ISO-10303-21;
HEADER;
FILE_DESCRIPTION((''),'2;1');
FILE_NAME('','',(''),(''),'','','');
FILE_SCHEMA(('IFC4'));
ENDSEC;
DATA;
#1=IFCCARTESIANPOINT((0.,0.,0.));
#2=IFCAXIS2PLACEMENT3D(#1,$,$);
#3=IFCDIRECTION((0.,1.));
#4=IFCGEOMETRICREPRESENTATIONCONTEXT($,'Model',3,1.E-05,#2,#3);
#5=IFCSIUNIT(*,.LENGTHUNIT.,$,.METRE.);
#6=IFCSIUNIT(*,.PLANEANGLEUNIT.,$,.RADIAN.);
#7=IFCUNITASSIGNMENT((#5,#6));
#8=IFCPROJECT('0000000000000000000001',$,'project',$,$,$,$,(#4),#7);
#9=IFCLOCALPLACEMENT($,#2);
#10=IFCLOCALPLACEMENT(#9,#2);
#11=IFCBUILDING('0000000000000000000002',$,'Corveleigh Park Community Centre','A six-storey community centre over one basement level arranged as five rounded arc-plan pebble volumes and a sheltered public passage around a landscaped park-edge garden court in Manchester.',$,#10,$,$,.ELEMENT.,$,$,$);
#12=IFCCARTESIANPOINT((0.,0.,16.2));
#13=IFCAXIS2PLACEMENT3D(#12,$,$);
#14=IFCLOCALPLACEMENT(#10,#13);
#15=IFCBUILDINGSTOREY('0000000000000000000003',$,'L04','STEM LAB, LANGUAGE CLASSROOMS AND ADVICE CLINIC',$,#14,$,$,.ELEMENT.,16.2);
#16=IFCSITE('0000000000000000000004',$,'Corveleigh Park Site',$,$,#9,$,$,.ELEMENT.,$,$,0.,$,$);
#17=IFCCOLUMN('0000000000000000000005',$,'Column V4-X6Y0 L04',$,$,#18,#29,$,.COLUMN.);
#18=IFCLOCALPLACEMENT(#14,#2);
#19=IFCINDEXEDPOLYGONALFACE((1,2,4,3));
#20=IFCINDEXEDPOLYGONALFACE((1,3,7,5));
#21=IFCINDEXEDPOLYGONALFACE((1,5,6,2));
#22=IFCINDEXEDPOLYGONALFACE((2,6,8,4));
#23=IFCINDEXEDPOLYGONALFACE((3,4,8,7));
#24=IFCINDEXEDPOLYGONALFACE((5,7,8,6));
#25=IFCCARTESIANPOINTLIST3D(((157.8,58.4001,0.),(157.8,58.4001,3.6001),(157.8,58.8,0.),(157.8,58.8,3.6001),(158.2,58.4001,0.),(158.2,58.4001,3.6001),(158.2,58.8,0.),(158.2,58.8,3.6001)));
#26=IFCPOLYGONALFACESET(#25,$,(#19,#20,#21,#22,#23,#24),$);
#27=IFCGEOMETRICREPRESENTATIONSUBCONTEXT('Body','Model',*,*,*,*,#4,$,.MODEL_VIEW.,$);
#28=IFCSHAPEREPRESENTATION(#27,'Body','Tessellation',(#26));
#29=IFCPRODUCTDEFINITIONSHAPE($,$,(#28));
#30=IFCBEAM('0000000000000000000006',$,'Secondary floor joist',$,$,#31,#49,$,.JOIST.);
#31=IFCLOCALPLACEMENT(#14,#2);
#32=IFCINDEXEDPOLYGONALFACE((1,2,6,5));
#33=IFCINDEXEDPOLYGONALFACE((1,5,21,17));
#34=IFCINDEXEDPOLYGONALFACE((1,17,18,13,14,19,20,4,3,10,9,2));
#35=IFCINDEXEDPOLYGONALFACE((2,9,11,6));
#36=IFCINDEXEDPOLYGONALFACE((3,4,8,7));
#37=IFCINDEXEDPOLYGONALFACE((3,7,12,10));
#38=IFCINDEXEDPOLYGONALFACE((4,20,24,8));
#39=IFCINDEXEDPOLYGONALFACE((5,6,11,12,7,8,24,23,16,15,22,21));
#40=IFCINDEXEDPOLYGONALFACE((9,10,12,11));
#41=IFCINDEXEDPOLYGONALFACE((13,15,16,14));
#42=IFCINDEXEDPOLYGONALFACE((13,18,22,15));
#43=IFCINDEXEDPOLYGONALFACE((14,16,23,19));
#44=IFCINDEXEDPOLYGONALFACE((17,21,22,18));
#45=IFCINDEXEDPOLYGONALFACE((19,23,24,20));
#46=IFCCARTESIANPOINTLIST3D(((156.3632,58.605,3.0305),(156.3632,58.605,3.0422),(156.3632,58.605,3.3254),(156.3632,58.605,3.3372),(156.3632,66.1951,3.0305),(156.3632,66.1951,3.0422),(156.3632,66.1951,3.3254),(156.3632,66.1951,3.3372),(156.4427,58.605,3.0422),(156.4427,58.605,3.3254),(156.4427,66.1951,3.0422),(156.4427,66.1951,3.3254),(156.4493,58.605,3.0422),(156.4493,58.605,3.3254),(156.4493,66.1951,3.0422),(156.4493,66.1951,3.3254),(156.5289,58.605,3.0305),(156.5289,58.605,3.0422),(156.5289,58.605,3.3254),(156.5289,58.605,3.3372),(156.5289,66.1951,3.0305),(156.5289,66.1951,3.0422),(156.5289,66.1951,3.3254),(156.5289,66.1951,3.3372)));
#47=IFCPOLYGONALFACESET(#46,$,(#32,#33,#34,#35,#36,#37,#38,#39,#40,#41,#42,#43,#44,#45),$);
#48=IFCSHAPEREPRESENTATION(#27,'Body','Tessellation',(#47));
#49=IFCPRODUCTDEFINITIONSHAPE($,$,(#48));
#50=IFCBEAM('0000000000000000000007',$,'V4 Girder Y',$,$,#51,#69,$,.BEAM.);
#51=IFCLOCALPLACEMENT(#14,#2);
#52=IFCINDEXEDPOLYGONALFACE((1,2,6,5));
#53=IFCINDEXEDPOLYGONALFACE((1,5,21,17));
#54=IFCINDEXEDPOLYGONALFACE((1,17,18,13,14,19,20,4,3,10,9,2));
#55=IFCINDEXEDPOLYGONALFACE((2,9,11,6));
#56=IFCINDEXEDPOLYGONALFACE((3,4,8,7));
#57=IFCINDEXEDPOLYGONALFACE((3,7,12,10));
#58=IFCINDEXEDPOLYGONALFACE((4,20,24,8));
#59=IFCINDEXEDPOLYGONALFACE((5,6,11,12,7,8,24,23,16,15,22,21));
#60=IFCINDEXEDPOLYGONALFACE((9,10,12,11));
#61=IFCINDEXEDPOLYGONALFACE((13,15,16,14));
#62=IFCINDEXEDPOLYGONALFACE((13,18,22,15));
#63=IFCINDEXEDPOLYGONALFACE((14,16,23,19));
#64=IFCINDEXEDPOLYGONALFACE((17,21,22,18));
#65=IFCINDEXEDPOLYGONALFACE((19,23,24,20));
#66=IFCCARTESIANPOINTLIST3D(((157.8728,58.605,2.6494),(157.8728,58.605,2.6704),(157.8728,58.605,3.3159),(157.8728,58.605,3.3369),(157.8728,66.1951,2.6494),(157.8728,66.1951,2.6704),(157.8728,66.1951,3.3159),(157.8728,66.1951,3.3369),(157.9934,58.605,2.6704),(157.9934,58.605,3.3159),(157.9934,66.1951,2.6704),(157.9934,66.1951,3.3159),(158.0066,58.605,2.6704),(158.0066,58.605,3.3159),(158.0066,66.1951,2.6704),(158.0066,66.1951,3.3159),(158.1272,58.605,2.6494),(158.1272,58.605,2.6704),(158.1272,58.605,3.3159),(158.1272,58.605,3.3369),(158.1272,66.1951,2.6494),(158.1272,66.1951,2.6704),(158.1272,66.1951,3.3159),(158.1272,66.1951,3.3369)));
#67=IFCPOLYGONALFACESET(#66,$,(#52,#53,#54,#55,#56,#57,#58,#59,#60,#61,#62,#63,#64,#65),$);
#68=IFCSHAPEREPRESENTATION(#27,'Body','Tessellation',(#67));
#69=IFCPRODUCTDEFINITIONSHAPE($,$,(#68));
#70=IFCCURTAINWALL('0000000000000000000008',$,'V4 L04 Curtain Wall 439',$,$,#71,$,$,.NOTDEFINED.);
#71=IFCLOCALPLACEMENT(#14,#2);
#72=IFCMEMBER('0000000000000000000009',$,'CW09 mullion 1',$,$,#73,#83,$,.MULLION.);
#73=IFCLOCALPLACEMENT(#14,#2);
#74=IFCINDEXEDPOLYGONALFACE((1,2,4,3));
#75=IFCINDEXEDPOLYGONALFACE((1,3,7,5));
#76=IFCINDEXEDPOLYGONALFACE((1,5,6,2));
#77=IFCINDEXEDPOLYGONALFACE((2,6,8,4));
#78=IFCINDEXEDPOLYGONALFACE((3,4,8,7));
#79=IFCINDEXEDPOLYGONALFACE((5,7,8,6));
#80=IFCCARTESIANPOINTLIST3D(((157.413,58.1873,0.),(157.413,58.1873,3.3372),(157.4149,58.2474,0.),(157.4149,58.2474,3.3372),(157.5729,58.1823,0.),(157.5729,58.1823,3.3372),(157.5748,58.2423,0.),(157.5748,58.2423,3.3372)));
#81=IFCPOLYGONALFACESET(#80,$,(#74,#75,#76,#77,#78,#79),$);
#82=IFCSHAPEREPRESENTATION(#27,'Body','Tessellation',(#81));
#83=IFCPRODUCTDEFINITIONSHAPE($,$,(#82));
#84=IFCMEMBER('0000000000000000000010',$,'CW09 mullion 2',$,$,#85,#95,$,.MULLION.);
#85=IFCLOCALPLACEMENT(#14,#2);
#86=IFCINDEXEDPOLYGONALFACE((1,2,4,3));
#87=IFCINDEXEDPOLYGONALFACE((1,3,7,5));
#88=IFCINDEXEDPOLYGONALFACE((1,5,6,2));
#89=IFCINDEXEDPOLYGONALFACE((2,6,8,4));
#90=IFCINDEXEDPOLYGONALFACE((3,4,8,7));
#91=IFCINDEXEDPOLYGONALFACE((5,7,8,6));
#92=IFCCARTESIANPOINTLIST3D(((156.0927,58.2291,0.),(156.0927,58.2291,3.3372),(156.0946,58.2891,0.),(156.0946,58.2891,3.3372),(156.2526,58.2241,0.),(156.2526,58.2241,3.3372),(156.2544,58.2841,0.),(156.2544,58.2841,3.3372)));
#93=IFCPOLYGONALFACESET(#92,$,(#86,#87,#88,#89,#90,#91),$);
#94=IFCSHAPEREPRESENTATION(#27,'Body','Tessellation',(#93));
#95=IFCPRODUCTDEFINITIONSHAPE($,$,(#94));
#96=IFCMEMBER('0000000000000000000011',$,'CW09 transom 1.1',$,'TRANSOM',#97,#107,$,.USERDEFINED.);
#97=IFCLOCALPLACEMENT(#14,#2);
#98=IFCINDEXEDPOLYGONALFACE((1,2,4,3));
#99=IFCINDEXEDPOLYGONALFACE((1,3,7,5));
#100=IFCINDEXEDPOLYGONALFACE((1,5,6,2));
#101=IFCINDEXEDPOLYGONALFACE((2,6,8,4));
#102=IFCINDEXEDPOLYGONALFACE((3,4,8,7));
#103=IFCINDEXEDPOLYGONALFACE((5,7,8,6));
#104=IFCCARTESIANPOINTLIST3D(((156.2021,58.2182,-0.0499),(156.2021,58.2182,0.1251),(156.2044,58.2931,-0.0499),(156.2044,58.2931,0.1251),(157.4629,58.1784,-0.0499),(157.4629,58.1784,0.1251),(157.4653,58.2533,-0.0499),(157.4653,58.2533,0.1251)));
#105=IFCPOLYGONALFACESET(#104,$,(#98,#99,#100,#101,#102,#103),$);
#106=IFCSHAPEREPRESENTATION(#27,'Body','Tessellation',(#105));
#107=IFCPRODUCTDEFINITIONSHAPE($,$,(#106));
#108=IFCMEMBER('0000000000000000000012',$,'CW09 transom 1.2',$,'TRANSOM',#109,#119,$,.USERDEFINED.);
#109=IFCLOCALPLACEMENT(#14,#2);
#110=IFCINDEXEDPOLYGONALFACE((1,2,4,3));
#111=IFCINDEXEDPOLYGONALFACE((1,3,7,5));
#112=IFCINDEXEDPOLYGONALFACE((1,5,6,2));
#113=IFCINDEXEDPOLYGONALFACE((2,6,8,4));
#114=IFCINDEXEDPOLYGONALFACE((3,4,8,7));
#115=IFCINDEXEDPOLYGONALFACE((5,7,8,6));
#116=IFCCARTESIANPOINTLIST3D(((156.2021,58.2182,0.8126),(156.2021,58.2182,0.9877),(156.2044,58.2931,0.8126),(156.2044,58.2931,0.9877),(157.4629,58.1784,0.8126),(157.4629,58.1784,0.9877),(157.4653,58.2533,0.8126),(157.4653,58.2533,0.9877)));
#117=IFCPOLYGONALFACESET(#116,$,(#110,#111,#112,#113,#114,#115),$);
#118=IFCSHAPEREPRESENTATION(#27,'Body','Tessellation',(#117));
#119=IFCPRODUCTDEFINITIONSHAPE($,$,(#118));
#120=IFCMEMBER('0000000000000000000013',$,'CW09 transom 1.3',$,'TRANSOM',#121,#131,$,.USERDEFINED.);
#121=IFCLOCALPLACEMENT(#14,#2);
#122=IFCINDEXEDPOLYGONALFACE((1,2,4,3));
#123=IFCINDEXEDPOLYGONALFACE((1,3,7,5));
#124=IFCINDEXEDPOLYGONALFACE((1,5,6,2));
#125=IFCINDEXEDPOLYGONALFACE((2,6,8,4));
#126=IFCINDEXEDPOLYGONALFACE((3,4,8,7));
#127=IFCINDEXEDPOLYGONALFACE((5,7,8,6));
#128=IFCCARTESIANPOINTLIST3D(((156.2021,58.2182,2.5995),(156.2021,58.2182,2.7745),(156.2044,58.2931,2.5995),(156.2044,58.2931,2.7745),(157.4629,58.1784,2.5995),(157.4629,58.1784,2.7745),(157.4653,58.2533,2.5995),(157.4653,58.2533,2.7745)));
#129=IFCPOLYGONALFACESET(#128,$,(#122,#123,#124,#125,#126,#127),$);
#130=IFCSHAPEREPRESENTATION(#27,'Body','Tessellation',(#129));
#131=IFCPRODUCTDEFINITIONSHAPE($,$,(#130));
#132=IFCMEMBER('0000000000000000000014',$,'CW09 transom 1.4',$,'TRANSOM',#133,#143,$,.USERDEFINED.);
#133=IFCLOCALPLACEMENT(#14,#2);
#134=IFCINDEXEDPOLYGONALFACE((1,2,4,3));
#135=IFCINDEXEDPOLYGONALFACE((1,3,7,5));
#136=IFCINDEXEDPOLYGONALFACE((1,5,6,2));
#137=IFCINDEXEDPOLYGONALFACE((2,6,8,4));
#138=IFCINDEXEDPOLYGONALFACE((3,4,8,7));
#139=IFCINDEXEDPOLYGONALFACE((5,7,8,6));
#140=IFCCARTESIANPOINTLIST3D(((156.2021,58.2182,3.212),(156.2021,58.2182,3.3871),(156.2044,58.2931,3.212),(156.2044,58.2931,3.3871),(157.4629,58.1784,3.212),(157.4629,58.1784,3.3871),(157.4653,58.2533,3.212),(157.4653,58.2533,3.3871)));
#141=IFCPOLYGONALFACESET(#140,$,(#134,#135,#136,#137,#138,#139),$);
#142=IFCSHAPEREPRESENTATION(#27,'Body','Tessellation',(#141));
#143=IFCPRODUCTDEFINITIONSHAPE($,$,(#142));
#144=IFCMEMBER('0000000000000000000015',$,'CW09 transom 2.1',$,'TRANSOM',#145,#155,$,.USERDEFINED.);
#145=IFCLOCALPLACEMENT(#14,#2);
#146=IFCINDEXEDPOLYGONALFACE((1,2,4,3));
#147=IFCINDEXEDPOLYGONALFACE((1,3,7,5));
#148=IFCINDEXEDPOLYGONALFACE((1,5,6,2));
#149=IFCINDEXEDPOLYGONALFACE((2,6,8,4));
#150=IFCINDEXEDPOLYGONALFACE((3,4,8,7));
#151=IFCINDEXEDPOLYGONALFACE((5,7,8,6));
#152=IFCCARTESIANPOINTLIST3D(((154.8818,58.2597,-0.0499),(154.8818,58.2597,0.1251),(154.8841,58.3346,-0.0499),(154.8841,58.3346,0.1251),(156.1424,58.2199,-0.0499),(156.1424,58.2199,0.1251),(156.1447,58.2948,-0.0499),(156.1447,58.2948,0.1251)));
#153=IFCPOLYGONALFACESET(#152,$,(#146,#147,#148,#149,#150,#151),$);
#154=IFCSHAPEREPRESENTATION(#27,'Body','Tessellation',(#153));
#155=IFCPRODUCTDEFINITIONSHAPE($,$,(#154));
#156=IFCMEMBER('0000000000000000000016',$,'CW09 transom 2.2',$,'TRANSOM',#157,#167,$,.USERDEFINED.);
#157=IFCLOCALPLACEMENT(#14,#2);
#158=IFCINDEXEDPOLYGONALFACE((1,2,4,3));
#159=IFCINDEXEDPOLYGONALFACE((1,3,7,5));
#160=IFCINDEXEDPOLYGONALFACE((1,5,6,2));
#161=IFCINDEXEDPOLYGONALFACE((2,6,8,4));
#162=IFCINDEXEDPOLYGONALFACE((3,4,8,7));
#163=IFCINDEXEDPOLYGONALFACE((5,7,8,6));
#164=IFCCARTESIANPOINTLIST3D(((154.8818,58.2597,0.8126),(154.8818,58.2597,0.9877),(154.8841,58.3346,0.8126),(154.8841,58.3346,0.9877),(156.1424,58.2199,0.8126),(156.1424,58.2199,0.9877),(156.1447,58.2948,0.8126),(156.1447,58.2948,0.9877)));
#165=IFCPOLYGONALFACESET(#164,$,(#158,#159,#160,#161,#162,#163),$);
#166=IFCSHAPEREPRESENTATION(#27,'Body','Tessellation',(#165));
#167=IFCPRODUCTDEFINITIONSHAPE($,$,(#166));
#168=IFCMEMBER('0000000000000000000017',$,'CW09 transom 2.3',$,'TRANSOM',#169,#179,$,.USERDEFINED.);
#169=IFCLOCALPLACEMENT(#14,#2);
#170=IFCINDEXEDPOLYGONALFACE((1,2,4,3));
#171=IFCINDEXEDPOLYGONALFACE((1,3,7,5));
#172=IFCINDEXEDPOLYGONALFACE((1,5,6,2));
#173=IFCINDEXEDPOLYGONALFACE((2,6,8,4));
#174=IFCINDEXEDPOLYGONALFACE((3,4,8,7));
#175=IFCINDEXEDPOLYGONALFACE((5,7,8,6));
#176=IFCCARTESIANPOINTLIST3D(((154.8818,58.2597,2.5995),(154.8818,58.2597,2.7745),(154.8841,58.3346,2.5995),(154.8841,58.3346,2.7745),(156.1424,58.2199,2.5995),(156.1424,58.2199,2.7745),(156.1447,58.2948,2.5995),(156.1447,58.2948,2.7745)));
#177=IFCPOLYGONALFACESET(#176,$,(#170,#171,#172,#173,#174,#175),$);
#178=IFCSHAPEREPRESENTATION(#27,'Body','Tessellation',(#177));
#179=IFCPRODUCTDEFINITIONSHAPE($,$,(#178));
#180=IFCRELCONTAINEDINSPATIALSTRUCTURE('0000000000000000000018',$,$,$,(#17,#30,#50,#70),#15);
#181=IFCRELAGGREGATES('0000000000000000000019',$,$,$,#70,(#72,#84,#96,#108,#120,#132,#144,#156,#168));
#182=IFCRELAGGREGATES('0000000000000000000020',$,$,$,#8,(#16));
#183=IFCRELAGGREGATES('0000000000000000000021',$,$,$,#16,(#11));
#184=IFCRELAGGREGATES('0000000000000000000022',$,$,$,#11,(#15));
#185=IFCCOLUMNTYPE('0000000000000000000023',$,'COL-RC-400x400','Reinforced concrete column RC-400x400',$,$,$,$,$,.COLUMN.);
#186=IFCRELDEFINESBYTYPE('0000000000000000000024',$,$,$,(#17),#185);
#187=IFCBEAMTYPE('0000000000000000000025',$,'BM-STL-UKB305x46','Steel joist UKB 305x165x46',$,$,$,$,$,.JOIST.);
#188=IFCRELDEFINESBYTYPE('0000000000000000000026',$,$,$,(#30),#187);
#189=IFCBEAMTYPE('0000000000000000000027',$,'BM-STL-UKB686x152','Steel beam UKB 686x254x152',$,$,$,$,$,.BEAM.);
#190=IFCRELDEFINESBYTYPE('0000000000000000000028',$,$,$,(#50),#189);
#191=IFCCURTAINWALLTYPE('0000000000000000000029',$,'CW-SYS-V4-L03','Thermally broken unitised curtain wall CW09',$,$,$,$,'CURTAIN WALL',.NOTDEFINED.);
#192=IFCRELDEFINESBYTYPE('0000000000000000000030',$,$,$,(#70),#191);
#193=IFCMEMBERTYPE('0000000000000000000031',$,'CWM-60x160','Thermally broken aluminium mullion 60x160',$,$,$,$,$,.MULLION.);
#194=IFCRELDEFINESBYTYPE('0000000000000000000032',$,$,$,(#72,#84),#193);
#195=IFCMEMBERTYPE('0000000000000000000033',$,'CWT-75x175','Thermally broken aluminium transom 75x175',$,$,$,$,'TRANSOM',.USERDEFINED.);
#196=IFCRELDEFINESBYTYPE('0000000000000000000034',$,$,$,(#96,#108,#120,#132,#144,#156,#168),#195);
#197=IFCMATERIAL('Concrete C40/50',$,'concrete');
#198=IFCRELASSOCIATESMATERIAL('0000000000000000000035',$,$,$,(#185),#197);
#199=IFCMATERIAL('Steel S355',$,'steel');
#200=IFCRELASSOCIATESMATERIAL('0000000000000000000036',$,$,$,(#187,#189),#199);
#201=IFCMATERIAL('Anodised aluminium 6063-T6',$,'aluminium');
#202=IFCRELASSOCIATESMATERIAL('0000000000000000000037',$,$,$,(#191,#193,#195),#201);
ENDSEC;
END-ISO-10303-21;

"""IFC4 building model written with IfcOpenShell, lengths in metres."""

from ifc_helpers import new_model, si_unit, direction, frame, origin, origin_2d, place, context, subcontext, project, spatial, rectangle, i_section, extrude, material, material_profile, profile_set, type_object, element, aggregate, save


model = new_model("IFC4")

# Units and contexts
model_context = context("Model", 3, precision=1e-05, world=origin(), true_north=direction((0.0, 1.0)))
body_context = subcontext(model_context, "Body", "Model", "MODEL_VIEW")
ifc_project = project(units=[si_unit("LENGTHUNIT", "METRE"), si_unit("PLANEANGLEUNIT", "RADIAN")], contexts=[model_context])

# Site, building, storey
site_placement = place(None, origin())
site = spatial("IfcSite", under=ifc_project, at=site_placement, Name="Corveleigh Park Site", CompositionType="ELEMENT", RefElevation=0.0)
building_placement = place(site_placement, origin())
building = spatial("IfcBuilding", under=site, at=building_placement, Name="Corveleigh Park Community Centre", Description="A six-storey community centre over one basement level arranged as five rounded arc-plan pebble volumes and a sheltered public passage around a landscaped park-edge garden court in Manchester.", CompositionType="ELEMENT")
storey_placement = place(building_placement, frame((0.0, 0.0, 16.2)))
storey = spatial("IfcBuildingStorey", under=building, at=storey_placement, Name="L04", Description="STEM LAB, LANGUAGE CLASSROOMS AND ADVICE CLINIC", CompositionType="ELEMENT", Elevation=16.2)

# Column
ifc_material_1 = material(Name="Concrete C40/50", Category="concrete")
ifc_material_profile_1 = material_profile(ifc_material_1, rectangle(XDim=0.3999, YDim=0.3999, at=origin_2d()), Name="RC-400x400", Category="concrete")
ifc_profile_set_1 = profile_set([ifc_material_profile_1], Name="Concrete C40/50")
column_type = type_object("IfcColumnType", Name="COL-RC-400x400", Description="Reinforced concrete column RC-400x400", PredefinedType="COLUMN", material=ifc_profile_set_1)
column_placement = place(storey_placement, frame((158.0, 58.6001, 0.0), z_axis=(0.0, 0.0, 1.0), x_axis=(1.0, 0.0, 0.0)))
element("IfcColumn", 1, at=column_placement, inside=storey, type_object=column_type, Name="Column V4-X6Y0 L04", PredefinedType="COLUMN", context=body_context, shape_type="SweptSolid", body=[
    extrude(rectangle(XDim=0.3999, YDim=0.3999, at=origin_2d()), origin(), (0.0, 0.0, 1.0), 3.6001),
])

# Beams
ifc_material_2 = material(Name="Steel S355", Category="steel")
ifc_material_profile_2 = material_profile(ifc_material_2, i_section(OverallWidth=0.1658, OverallDepth=0.3066, WebThickness=0.0066, FlangeThickness=0.0117, at=origin_2d()), Name="UKB 305x165x46", Category="steel")
ifc_profile_set_2 = profile_set([ifc_material_profile_2], Name="Steel S355")
beam_type_1 = type_object("IfcBeamType", Name="BM-STL-UKB305x46", Description="Steel joist UKB 305x165x46", PredefinedType="JOIST", material=ifc_profile_set_2)
beam_1_placement = place(storey_placement, frame((156.446, 58.605, 3.1838), z_axis=(0.0, 1.0, 0.0), x_axis=(-1.0, 0.0, 0.0)))
element("IfcBeam", 2, at=beam_1_placement, inside=storey, type_object=beam_type_1, Name="Secondary floor joist", PredefinedType="JOIST", context=body_context, shape_type="SweptSolid", body=[
    extrude(i_section(OverallWidth=0.1658, OverallDepth=0.3066, WebThickness=0.0066, FlangeThickness=0.0117, at=origin_2d()), origin(), (0.0, 0.0, 1.0), 7.5901),
])
ifc_material_profile_3 = material_profile(ifc_material_2, i_section(OverallWidth=0.2544, OverallDepth=0.6875, WebThickness=0.0132, FlangeThickness=0.021, at=origin_2d()), Name="UKB 686x254x152", Category="steel")
ifc_profile_set_3 = profile_set([ifc_material_profile_3], Name="Steel S355")
beam_type_2 = type_object("IfcBeamType", Name="BM-STL-UKB686x152", Description="Steel beam UKB 686x254x152", PredefinedType="BEAM", material=ifc_profile_set_3)
beam_2_placement = place(storey_placement, frame((158.0, 58.605, 2.9932), z_axis=(0.0, 1.0, 0.0), x_axis=(-1.0, 0.0, 0.0)))
element("IfcBeam", 3, at=beam_2_placement, inside=storey, type_object=beam_type_2, Name="V4 Girder Y", PredefinedType="BEAM", context=body_context, shape_type="SweptSolid", body=[
    extrude(i_section(OverallWidth=0.2544, OverallDepth=0.6875, WebThickness=0.0132, FlangeThickness=0.021, at=origin_2d()), origin(), (0.0, 0.0, 1.0), 7.5901),
])

# Curtain wall, members
ifc_material_3 = material(Name="Anodised aluminium 6063-T6", Category="aluminium")
curtain_wall_type = type_object("IfcCurtainWallType", Name="CW-SYS-V4-L03", Description="Thermally broken unitised curtain wall CW09", ElementType="CURTAIN WALL", PredefinedType="NOTDEFINED", material=ifc_material_3)
curtain_wall_placement = place(storey_placement, origin())
curtain_wall = element("IfcCurtainWall", 4, at=curtain_wall_placement, inside=storey, type_object=curtain_wall_type, Name="V4 L04 Curtain Wall 439", PredefinedType="NOTDEFINED")
ifc_material_profile_4 = material_profile(ifc_material_3, rectangle(XDim=0.0601, YDim=0.1599, at=origin_2d()), Name="ALU-M60x160", Category="aluminium")
ifc_profile_set_4 = profile_set([ifc_material_profile_4], Name="Anodised aluminium 6063-T6")
member_type_1 = type_object("IfcMemberType", Name="CWM-60x160", Description="Thermally broken aluminium mullion 60x160", PredefinedType="MULLION", material=ifc_profile_set_4)
member_1_placement = place(storey_placement, frame((157.4939, 58.2148, 0.0), z_axis=(0.0, 0.0, 1.0), x_axis=(-0.031454, -0.999505, 0.0)))
member_1 = element("IfcMember", 5, at=member_1_placement, type_object=member_type_1, Name="CW09 mullion 1", PredefinedType="MULLION", context=body_context, shape_type="SweptSolid", body=[
    extrude(rectangle(XDim=0.0601, YDim=0.1599, at=origin_2d()), origin(), (0.0, 0.0, 1.0), 3.3372),
])
member_2_placement = place(storey_placement, frame((156.1736, 58.2566, 0.0), z_axis=(0.0, 0.0, 1.0), x_axis=(-0.031454, -0.999505, 0.0)))
member_2 = element("IfcMember", 6, at=member_2_placement, type_object=member_type_1, Name="CW09 mullion 2", PredefinedType="MULLION", context=body_context, shape_type="SweptSolid", body=[
    extrude(rectangle(XDim=0.0601, YDim=0.1599, at=origin_2d()), origin(), (0.0, 0.0, 1.0), 3.3372),
])
ifc_material_profile_5 = material_profile(ifc_material_3, rectangle(XDim=0.075, YDim=0.175, at=origin_2d()), Name="ALU-T75x175", Category="aluminium")
ifc_profile_set_5 = profile_set([ifc_material_profile_5], Name="Anodised aluminium 6063-T6")
member_type_2 = type_object("IfcMemberType", Name="CWT-75x175", Description="Thermally broken aluminium transom 75x175", ElementType="TRANSOM", PredefinedType="USERDEFINED", material=ifc_profile_set_5)
member_3_placement = place(storey_placement, frame((157.4641, 58.2158, 0.0376), z_axis=(-0.999502, 0.031549, 0.0), x_axis=(-0.031549, -0.999502, 0.0)))
member_3 = element("IfcMember", 7, at=member_3_placement, type_object=member_type_2, Name="CW09 transom 1.1", ObjectType="TRANSOM", PredefinedType="USERDEFINED", context=body_context, shape_type="SweptSolid", body=[
    extrude(rectangle(XDim=0.075, YDim=0.175, at=origin_2d()), origin(), (0.0, 0.0, 1.0), 1.2615),
])
member_4_placement = place(storey_placement, frame((157.4641, 58.2158, 0.9001), z_axis=(-0.999502, 0.031549, 0.0), x_axis=(-0.031549, -0.999502, 0.0)))
member_4 = element("IfcMember", 8, at=member_4_placement, type_object=member_type_2, Name="CW09 transom 1.2", ObjectType="TRANSOM", PredefinedType="USERDEFINED", context=body_context, shape_type="SweptSolid", body=[
    extrude(rectangle(XDim=0.075, YDim=0.175, at=origin_2d()), origin(), (0.0, 0.0, 1.0), 1.2615),
])
member_5_placement = place(storey_placement, frame((157.4641, 58.2158, 2.687), z_axis=(-0.999502, 0.031549, 0.0), x_axis=(-0.031549, -0.999502, 0.0)))
member_5 = element("IfcMember", 9, at=member_5_placement, type_object=member_type_2, Name="CW09 transom 1.3", ObjectType="TRANSOM", PredefinedType="USERDEFINED", context=body_context, shape_type="SweptSolid", body=[
    extrude(rectangle(XDim=0.075, YDim=0.175, at=origin_2d()), origin(), (0.0, 0.0, 1.0), 1.2615),
])
member_6_placement = place(storey_placement, frame((157.4641, 58.2158, 3.2996), z_axis=(-0.999502, 0.031549, 0.0), x_axis=(-0.031549, -0.999502, 0.0)))
member_6 = element("IfcMember", 10, at=member_6_placement, type_object=member_type_2, Name="CW09 transom 1.4", ObjectType="TRANSOM", PredefinedType="USERDEFINED", context=body_context, shape_type="SweptSolid", body=[
    extrude(rectangle(XDim=0.075, YDim=0.175, at=origin_2d()), origin(), (0.0, 0.0, 1.0), 1.2615),
])
member_7_placement = place(storey_placement, frame((156.1436, 58.2573, 0.0376), z_axis=(-0.999502, 0.031555, 0.0), x_axis=(-0.031555, -0.999502, 0.0)))
member_7 = element("IfcMember", 11, at=member_7_placement, type_object=member_type_2, Name="CW09 transom 2.1", ObjectType="TRANSOM", PredefinedType="USERDEFINED", context=body_context, shape_type="SweptSolid", body=[
    extrude(rectangle(XDim=0.075, YDim=0.175, at=origin_2d()), origin(), (0.0, 0.0, 1.0), 1.2612),
])
member_8_placement = place(storey_placement, frame((156.1436, 58.2573, 0.9001), z_axis=(-0.999502, 0.031555, 0.0), x_axis=(-0.031555, -0.999502, 0.0)))
member_8 = element("IfcMember", 12, at=member_8_placement, type_object=member_type_2, Name="CW09 transom 2.2", ObjectType="TRANSOM", PredefinedType="USERDEFINED", context=body_context, shape_type="SweptSolid", body=[
    extrude(rectangle(XDim=0.075, YDim=0.175, at=origin_2d()), origin(), (0.0, 0.0, 1.0), 1.2612),
])
member_9_placement = place(storey_placement, frame((156.1436, 58.2573, 2.687), z_axis=(-0.999502, 0.031555, 0.0), x_axis=(-0.031555, -0.999502, 0.0)))
member_9 = element("IfcMember", 13, at=member_9_placement, type_object=member_type_2, Name="CW09 transom 2.3", ObjectType="TRANSOM", PredefinedType="USERDEFINED", context=body_context, shape_type="SweptSolid", body=[
    extrude(rectangle(XDim=0.075, YDim=0.175, at=origin_2d()), origin(), (0.0, 0.0, 1.0), 1.2612),
])
aggregate(curtain_wall, [member_1, member_2, member_3, member_4, member_5, member_6, member_7, member_8, member_9])

save(model, "model.ifc")
